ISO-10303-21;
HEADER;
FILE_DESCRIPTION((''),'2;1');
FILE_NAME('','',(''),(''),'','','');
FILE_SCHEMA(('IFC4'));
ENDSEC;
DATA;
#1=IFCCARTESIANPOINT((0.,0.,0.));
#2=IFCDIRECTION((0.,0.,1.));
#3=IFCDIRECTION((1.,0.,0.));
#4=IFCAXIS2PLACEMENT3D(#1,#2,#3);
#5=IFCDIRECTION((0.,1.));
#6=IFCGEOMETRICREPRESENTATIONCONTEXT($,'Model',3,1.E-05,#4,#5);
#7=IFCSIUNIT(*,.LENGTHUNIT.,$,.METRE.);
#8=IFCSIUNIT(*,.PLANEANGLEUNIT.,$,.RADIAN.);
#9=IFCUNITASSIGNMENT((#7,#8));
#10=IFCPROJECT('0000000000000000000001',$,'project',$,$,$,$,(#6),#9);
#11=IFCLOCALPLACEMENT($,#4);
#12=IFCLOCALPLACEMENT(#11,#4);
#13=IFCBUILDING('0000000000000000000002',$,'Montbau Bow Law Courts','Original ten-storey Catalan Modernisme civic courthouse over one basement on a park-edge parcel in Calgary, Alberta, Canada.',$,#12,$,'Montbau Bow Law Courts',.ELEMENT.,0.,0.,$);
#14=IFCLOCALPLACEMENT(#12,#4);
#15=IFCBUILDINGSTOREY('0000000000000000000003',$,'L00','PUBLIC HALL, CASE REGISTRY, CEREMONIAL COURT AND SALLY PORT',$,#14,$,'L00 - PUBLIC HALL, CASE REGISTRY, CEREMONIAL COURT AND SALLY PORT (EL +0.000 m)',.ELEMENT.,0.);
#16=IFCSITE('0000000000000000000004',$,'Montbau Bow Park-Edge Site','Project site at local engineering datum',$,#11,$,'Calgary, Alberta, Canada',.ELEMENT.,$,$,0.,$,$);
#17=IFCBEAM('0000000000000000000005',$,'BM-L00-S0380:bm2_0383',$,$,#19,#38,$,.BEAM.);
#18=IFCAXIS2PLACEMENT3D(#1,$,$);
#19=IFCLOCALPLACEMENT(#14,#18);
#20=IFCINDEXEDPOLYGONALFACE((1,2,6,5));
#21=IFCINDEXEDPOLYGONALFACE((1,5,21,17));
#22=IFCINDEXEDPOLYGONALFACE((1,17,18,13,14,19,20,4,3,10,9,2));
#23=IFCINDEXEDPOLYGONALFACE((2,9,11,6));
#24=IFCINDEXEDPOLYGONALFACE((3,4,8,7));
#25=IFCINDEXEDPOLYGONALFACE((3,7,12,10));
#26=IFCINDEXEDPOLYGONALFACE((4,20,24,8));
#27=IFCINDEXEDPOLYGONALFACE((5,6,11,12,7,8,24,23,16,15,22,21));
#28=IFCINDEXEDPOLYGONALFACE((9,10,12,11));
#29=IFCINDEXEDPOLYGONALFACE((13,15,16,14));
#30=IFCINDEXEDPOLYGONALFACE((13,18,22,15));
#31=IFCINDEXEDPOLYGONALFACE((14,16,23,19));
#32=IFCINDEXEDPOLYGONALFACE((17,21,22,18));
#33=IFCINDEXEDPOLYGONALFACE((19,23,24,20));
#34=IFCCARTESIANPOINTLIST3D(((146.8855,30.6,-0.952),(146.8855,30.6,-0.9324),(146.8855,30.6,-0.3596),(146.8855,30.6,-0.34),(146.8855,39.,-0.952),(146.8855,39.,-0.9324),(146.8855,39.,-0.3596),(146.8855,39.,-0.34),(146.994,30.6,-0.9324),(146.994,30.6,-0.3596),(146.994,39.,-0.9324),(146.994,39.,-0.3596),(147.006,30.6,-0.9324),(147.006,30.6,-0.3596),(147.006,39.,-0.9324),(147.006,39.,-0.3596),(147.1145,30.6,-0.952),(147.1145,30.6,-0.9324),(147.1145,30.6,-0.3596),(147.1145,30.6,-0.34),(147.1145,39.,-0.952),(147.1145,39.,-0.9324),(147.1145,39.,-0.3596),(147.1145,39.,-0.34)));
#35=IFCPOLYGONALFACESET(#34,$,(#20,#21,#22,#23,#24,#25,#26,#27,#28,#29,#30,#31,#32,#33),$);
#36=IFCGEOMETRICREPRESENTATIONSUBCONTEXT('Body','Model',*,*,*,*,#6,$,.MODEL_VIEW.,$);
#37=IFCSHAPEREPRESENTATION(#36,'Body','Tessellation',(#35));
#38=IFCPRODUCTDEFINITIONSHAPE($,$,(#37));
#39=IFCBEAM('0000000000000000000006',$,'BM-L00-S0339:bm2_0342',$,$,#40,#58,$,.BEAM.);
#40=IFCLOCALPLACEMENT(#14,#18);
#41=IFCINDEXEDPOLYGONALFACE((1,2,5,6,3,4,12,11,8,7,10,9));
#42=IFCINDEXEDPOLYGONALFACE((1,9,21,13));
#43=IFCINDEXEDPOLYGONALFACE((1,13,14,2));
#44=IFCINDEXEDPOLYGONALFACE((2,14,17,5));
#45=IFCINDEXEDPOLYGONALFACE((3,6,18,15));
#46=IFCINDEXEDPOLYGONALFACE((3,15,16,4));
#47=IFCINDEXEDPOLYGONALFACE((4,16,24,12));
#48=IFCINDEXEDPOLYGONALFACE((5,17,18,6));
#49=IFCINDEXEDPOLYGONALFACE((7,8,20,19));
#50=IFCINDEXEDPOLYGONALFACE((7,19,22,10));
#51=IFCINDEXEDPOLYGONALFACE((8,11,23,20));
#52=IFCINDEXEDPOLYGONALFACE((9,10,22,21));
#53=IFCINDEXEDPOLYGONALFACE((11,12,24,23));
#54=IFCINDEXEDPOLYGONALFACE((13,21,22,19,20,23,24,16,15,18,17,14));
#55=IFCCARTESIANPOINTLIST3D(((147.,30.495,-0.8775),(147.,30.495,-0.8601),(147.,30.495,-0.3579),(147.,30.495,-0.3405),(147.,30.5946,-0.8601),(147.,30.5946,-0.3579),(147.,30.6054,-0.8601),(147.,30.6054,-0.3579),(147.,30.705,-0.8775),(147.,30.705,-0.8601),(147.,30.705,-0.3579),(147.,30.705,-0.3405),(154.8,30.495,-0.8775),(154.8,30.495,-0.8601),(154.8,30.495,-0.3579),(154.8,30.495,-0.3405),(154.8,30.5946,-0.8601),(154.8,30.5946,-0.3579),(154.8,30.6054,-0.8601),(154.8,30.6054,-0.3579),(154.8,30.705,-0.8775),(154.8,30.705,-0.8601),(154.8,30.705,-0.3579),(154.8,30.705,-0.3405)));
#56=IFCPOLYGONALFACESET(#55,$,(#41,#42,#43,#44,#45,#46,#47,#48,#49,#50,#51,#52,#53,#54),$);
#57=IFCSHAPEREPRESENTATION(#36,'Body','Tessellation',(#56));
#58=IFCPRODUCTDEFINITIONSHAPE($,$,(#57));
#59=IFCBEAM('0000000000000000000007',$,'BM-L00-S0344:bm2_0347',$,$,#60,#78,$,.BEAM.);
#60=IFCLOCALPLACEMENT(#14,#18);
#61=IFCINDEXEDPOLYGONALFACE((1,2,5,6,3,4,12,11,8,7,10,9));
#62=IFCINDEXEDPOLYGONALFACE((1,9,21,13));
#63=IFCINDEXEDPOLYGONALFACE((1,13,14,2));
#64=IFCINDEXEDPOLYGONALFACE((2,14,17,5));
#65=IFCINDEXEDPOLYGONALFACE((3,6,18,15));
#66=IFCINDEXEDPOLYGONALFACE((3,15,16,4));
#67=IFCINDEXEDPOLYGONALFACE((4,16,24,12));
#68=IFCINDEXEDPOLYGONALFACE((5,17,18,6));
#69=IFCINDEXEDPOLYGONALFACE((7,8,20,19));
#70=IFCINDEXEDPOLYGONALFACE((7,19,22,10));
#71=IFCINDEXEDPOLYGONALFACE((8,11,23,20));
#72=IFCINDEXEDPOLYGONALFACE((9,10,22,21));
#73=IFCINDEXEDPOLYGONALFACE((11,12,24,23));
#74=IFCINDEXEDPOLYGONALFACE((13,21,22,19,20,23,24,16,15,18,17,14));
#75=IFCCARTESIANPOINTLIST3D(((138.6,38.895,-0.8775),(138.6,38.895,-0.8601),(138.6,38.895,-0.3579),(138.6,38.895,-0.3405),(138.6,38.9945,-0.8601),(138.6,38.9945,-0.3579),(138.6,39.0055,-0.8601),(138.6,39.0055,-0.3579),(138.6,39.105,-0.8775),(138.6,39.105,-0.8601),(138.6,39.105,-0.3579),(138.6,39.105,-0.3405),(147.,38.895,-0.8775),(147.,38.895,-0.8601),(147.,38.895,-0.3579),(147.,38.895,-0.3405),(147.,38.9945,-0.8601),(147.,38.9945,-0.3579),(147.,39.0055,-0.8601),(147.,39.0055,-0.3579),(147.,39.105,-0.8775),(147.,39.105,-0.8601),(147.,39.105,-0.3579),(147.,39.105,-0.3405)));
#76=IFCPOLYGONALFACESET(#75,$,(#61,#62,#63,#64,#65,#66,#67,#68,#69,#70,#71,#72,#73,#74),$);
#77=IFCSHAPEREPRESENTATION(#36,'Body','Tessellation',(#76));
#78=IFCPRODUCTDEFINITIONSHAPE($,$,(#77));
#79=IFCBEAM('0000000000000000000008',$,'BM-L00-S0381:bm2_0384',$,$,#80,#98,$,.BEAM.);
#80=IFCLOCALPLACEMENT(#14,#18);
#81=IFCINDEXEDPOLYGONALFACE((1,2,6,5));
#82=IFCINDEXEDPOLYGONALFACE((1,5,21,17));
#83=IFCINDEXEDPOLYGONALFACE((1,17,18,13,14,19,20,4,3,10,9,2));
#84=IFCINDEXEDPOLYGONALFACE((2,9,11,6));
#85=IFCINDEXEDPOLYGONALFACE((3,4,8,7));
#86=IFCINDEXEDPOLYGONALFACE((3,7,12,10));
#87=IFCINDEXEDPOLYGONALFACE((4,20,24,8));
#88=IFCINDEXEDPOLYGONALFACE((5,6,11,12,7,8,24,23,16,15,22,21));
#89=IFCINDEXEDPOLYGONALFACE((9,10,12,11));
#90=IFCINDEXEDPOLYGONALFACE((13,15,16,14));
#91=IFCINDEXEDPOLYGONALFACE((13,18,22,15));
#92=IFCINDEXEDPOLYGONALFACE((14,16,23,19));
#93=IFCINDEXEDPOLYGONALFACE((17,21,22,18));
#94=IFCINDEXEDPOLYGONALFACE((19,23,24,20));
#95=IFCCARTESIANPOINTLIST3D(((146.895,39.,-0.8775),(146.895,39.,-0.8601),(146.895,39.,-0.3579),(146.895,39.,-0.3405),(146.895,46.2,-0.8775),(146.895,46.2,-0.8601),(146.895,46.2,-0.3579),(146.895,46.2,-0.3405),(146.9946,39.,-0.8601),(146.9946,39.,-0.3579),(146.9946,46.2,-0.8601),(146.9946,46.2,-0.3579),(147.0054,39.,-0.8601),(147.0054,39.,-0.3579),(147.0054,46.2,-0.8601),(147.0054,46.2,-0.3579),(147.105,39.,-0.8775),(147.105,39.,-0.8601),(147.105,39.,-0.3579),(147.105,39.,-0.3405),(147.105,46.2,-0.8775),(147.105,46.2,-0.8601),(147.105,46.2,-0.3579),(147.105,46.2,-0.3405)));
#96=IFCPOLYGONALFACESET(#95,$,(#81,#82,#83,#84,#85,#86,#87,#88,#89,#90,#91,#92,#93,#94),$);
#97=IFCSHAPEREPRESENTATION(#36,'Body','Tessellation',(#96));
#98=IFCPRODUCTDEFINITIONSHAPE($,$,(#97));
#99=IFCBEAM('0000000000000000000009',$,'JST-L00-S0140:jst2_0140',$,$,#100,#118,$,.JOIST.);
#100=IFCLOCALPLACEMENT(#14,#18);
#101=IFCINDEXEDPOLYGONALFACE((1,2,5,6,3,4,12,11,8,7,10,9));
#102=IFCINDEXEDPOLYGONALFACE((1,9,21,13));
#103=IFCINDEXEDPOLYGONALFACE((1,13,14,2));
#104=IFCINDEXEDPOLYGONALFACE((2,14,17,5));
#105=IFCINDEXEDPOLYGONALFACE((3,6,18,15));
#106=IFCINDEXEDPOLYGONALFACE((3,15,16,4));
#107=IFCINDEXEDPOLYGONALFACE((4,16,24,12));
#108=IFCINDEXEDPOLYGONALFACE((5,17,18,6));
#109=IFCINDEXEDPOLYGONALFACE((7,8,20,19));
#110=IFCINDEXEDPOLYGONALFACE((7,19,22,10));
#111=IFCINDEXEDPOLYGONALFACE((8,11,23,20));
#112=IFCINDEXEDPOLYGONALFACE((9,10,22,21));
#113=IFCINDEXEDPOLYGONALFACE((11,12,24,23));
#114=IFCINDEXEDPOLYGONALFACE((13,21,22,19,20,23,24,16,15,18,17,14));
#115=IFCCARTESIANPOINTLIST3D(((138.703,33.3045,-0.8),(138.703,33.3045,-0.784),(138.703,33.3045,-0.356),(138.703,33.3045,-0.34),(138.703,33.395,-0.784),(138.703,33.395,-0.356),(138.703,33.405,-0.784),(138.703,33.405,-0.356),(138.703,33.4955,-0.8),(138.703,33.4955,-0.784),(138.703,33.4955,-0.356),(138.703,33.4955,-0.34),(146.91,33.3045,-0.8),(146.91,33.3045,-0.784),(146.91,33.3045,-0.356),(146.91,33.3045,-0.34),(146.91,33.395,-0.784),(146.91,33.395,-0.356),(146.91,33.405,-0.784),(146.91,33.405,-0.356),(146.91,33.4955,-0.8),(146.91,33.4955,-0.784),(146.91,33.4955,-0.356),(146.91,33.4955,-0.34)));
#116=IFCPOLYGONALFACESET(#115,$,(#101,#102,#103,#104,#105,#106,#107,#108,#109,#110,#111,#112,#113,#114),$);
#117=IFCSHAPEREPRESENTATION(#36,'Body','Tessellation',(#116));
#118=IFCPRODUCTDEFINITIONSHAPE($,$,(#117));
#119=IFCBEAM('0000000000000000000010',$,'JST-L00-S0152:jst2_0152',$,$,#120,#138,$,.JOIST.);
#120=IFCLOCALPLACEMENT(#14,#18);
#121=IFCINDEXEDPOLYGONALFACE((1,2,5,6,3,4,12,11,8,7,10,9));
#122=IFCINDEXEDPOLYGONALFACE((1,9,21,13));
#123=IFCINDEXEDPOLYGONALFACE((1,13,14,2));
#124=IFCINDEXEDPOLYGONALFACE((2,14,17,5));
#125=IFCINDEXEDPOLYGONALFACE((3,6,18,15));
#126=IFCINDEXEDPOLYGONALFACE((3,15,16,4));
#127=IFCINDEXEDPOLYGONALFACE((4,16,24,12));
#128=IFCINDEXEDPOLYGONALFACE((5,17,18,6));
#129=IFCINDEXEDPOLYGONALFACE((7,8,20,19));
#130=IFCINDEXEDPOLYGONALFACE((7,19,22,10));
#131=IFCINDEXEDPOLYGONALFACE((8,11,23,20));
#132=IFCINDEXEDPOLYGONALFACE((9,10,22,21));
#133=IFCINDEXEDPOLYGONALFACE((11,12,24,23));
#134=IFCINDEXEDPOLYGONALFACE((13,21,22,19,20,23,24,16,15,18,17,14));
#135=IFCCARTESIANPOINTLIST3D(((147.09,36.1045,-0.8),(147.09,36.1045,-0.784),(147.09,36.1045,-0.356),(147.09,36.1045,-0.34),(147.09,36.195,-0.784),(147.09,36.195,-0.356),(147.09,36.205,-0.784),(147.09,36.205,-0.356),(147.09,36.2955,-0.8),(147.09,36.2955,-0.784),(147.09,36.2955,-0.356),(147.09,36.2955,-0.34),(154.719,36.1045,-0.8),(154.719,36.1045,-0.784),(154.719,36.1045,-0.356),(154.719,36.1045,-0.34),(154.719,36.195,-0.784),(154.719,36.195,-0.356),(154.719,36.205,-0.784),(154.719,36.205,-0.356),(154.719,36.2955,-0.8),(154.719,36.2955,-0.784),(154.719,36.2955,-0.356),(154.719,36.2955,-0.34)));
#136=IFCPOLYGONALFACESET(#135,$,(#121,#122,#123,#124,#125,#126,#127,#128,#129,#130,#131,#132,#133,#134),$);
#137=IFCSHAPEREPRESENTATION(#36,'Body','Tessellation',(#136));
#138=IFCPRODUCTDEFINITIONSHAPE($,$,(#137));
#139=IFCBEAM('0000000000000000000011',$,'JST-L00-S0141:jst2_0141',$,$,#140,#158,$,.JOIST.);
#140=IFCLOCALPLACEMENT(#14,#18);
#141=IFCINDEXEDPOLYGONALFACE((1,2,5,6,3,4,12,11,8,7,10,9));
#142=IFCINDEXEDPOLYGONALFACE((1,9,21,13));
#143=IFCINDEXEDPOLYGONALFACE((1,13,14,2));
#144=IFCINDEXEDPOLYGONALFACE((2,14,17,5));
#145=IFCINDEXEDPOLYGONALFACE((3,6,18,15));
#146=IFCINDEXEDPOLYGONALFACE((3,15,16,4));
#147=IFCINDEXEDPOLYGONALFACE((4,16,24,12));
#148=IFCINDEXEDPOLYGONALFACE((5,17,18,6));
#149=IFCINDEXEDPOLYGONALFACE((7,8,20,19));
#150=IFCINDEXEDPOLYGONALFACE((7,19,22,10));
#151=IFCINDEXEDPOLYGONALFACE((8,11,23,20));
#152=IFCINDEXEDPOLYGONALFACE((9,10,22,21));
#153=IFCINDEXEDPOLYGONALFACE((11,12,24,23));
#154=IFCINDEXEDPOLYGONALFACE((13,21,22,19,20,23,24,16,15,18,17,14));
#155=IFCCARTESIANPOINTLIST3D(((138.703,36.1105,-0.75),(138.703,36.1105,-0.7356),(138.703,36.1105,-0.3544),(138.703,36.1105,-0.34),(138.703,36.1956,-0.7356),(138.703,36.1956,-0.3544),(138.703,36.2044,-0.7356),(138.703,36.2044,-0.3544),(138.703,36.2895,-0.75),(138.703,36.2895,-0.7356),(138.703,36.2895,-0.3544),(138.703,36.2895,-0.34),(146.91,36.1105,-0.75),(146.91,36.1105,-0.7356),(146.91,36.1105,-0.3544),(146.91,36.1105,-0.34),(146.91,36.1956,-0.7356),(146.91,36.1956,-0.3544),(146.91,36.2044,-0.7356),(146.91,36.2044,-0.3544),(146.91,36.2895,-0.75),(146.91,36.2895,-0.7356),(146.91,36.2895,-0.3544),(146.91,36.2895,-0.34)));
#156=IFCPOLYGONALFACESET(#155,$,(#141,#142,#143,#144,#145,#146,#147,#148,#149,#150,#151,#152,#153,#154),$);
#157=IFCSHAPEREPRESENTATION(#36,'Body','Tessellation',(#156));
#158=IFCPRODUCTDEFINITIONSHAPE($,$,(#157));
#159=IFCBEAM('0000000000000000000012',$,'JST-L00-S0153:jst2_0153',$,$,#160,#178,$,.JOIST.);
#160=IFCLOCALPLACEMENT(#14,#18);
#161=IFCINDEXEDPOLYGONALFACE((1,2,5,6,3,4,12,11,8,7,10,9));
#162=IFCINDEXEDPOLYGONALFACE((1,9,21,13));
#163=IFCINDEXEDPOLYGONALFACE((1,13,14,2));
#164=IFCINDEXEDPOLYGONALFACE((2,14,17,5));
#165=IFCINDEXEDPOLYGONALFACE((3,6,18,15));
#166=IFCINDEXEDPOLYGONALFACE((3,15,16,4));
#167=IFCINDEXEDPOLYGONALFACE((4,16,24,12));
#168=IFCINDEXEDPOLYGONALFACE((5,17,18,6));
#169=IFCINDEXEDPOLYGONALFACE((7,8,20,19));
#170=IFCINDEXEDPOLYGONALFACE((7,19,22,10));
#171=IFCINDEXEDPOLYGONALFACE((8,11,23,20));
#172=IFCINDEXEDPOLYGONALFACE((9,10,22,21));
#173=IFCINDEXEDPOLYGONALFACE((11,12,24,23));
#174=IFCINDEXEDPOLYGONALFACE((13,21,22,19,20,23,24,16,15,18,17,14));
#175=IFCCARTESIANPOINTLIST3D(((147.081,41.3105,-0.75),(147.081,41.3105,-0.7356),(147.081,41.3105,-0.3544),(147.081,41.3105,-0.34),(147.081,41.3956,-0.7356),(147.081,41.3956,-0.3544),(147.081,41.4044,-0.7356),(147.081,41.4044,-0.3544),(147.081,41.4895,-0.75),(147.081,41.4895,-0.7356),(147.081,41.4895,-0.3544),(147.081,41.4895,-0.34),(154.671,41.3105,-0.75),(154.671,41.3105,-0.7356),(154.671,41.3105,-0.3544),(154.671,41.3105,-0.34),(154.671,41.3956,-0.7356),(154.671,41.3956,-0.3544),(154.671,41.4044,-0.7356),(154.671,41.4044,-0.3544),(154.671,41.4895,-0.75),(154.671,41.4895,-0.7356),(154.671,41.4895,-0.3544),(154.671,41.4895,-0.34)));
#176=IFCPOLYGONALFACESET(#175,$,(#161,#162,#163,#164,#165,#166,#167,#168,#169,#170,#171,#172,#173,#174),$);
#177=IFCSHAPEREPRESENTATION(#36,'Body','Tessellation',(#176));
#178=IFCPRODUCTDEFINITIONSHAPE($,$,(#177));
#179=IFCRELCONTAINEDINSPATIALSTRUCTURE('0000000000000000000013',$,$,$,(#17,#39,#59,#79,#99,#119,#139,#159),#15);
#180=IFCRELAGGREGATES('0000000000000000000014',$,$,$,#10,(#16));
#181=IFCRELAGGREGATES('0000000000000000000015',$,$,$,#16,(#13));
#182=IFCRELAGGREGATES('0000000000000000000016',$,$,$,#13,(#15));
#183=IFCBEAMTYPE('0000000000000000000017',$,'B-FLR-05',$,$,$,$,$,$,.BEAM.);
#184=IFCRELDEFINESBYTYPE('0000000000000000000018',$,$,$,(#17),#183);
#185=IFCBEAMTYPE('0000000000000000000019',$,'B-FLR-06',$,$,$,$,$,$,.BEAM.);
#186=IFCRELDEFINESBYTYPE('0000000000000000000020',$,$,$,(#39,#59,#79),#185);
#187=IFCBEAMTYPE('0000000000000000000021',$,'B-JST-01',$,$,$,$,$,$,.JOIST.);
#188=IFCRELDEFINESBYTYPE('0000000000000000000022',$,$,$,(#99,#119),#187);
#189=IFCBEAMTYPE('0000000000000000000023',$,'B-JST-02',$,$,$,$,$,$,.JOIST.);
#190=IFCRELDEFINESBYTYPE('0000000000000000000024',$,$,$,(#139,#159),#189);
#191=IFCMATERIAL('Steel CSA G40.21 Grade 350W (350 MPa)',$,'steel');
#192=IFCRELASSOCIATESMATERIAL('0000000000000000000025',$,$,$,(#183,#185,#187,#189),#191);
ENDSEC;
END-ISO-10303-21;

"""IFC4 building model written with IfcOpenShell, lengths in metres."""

from ifc_helpers import new_model, si_unit, direction, frame, origin_with_axes, origin_2d_with_axis, place, context, subcontext, project, spatial, i_section, extrude, material, material_profile, profile_set, type_object, element, save


model = new_model("IFC4")

# Units and contexts
model_context = context("Model", 3, precision=1e-05, world=origin_with_axes(), true_north=direction((0.0, 1.0)))
body_context = subcontext(model_context, "Body", "Model", "MODEL_VIEW")
ifc_project = project(units=[si_unit("LENGTHUNIT", "METRE"), si_unit("PLANEANGLEUNIT", "RADIAN")], contexts=[model_context])

# Site, building, storey
site_placement = place(None, origin_with_axes())
site = spatial("IfcSite", under=ifc_project, at=site_placement, Name="Montbau Bow Park-Edge Site", Description="Project site at local engineering datum", LongName="Calgary, Alberta, Canada", CompositionType="ELEMENT", RefElevation=0.0)
building_placement = place(site_placement, origin_with_axes())
building = spatial("IfcBuilding", under=site, at=building_placement, Name="Montbau Bow Law Courts", Description="Original ten-storey Catalan Modernisme civic courthouse over one basement on a park-edge parcel in Calgary, Alberta, Canada.", LongName="Montbau Bow Law Courts", CompositionType="ELEMENT", ElevationOfRefHeight=0.0, ElevationOfTerrain=0.0)
storey_placement = place(building_placement, origin_with_axes())
storey = spatial("IfcBuildingStorey", under=building, at=storey_placement, Name="L00", Description="PUBLIC HALL, CASE REGISTRY, CEREMONIAL COURT AND SALLY PORT", LongName="L00 - PUBLIC HALL, CASE REGISTRY, CEREMONIAL COURT AND SALLY PORT (EL +0.000 m)", CompositionType="ELEMENT", Elevation=0.0)

# Shared definitions
ifc_material_1 = material(Name="Steel CSA G40.21 Grade 350W (350 MPa)", Category="steel")

# Beams
ifc_material_profile_1 = material_profile(ifc_material_1, i_section(OverallWidth=0.229, OverallDepth=0.612, WebThickness=0.0119, FlangeThickness=0.0196, at=origin_2d_with_axis()), Name="W610X125", Category="Main", Priority=0)
ifc_profile_set_1 = profile_set([ifc_material_profile_1], Name="Steel CSA G40.21 Grade 350W (350 MPa)")
beam_type_1 = type_object("IfcBeamType", Name="B-FLR-05", PredefinedType="BEAM", material=ifc_profile_set_1)
beam_1_placement = place(None, frame((147.0, 30.6, -0.646), z_axis=(0.0, 1.0, 0.0), x_axis=(-1.0, 0.0, 0.0)))
element("IfcBeam", 1, at=beam_1_placement, inside=storey, type_object=beam_type_1, Name="BM-L00-S0380:bm2_0383", PredefinedType="BEAM", context=body_context, shape_type="SweptSolid", body=[
    extrude(i_section(OverallWidth=0.229, OverallDepth=0.612, WebThickness=0.0119, FlangeThickness=0.0196, at=origin_2d_with_axis()), origin_with_axes(), (0.0, 0.0, 1.0), 8.4),
])
ifc_material_profile_2 = material_profile(ifc_material_1, i_section(OverallWidth=0.21, OverallDepth=0.537, WebThickness=0.0109, FlangeThickness=0.0174, at=origin_2d_with_axis()), Name="W530X101", Category="Main", Priority=0)
ifc_profile_set_2 = profile_set([ifc_material_profile_2], Name="Steel CSA G40.21 Grade 350W (350 MPa)")
beam_type_2 = type_object("IfcBeamType", Name="B-FLR-06", PredefinedType="BEAM", material=ifc_profile_set_2)
beam_2_placement = place(None, frame((147.0, 30.6, -0.609), z_axis=(1.0, 0.0, 0.0), x_axis=(0.0, 1.0, 0.0)))
element("IfcBeam", 2, at=beam_2_placement, inside=storey, type_object=beam_type_2, Name="BM-L00-S0339:bm2_0342", PredefinedType="BEAM", context=body_context, shape_type="SweptSolid", body=[
    extrude(i_section(OverallWidth=0.21, OverallDepth=0.537, WebThickness=0.0109, FlangeThickness=0.0174, at=origin_2d_with_axis()), origin_with_axes(), (0.0, 0.0, 1.0), 7.8),
])
beam_3_placement = place(None, frame((138.6, 39.0, -0.609), z_axis=(1.0, 0.0, 0.0), x_axis=(0.0, 1.0, 0.0)))
element("IfcBeam", 3, at=beam_3_placement, inside=storey, type_object=beam_type_2, Name="BM-L00-S0344:bm2_0347", PredefinedType="BEAM", context=body_context, shape_type="SweptSolid", body=[
    extrude(i_section(OverallWidth=0.21, OverallDepth=0.537, WebThickness=0.0109, FlangeThickness=0.0174, at=origin_2d_with_axis()), origin_with_axes(), (0.0, 0.0, 1.0), 8.4),
])
beam_4_placement = place(None, frame((147.0, 39.0, -0.609), z_axis=(0.0, 1.0, 0.0), x_axis=(-1.0, 0.0, 0.0)))
element("IfcBeam", 4, at=beam_4_placement, inside=storey, type_object=beam_type_2, Name="BM-L00-S0381:bm2_0384", PredefinedType="BEAM", context=body_context, shape_type="SweptSolid", body=[
    extrude(i_section(OverallWidth=0.21, OverallDepth=0.537, WebThickness=0.0109, FlangeThickness=0.0174, at=origin_2d_with_axis()), origin_with_axes(), (0.0, 0.0, 1.0), 7.2),
])
ifc_material_profile_3 = material_profile(ifc_material_1, i_section(OverallWidth=0.191, OverallDepth=0.46, WebThickness=0.0099, FlangeThickness=0.016, at=origin_2d_with_axis()), Name="W460X82", Category="Main", Priority=0)
ifc_profile_set_3 = profile_set([ifc_material_profile_3], Name="Steel CSA G40.21 Grade 350W (350 MPa)")
beam_type_3 = type_object("IfcBeamType", Name="B-JST-01", PredefinedType="JOIST", material=ifc_profile_set_3)
beam_5_placement = place(None, frame((138.703, 33.4, -0.57), z_axis=(1.0, 0.0, 0.0), x_axis=(0.0, 1.0, 0.0)))
element("IfcBeam", 5, at=beam_5_placement, inside=storey, type_object=beam_type_3, Name="JST-L00-S0140:jst2_0140", PredefinedType="JOIST", context=body_context, shape_type="SweptSolid", body=[
    extrude(i_section(OverallWidth=0.191, OverallDepth=0.46, WebThickness=0.0099, FlangeThickness=0.016, at=origin_2d_with_axis()), origin_with_axes(), (0.0, 0.0, 1.0), 8.207),
])
beam_6_placement = place(None, frame((147.09, 36.2, -0.57), z_axis=(1.0, 0.0, 0.0), x_axis=(0.0, 1.0, 0.0)))
element("IfcBeam", 6, at=beam_6_placement, inside=storey, type_object=beam_type_3, Name="JST-L00-S0152:jst2_0152", PredefinedType="JOIST", context=body_context, shape_type="SweptSolid", body=[
    extrude(i_section(OverallWidth=0.191, OverallDepth=0.46, WebThickness=0.0099, FlangeThickness=0.016, at=origin_2d_with_axis()), origin_with_axes(), (0.0, 0.0, 1.0), 7.629),
])
ifc_material_profile_4 = material_profile(ifc_material_1, i_section(OverallWidth=0.179, OverallDepth=0.41, WebThickness=0.0088, FlangeThickness=0.0144, at=origin_2d_with_axis()), Name="W410X67", Category="Main", Priority=0)
ifc_profile_set_4 = profile_set([ifc_material_profile_4], Name="Steel CSA G40.21 Grade 350W (350 MPa)")
beam_type_4 = type_object("IfcBeamType", Name="B-JST-02", PredefinedType="JOIST", material=ifc_profile_set_4)
beam_7_placement = place(None, frame((138.703, 36.2, -0.545), z_axis=(1.0, 0.0, 0.0), x_axis=(0.0, 1.0, 0.0)))
element("IfcBeam", 7, at=beam_7_placement, inside=storey, type_object=beam_type_4, Name="JST-L00-S0141:jst2_0141", PredefinedType="JOIST", context=body_context, shape_type="SweptSolid", body=[
    extrude(i_section(OverallWidth=0.179, OverallDepth=0.41, WebThickness=0.0088, FlangeThickness=0.0144, at=origin_2d_with_axis()), origin_with_axes(), (0.0, 0.0, 1.0), 8.207),
])
beam_8_placement = place(None, frame((147.081, 41.4, -0.545), z_axis=(1.0, 0.0, 0.0), x_axis=(0.0, 1.0, 0.0)))
element("IfcBeam", 8, at=beam_8_placement, inside=storey, type_object=beam_type_4, Name="JST-L00-S0153:jst2_0153", PredefinedType="JOIST", context=body_context, shape_type="SweptSolid", body=[
    extrude(i_section(OverallWidth=0.179, OverallDepth=0.41, WebThickness=0.0088, FlangeThickness=0.0144, at=origin_2d_with_axis()), origin_with_axes(), (0.0, 0.0, 1.0), 7.59),
])

save(model, "model.ifc")
